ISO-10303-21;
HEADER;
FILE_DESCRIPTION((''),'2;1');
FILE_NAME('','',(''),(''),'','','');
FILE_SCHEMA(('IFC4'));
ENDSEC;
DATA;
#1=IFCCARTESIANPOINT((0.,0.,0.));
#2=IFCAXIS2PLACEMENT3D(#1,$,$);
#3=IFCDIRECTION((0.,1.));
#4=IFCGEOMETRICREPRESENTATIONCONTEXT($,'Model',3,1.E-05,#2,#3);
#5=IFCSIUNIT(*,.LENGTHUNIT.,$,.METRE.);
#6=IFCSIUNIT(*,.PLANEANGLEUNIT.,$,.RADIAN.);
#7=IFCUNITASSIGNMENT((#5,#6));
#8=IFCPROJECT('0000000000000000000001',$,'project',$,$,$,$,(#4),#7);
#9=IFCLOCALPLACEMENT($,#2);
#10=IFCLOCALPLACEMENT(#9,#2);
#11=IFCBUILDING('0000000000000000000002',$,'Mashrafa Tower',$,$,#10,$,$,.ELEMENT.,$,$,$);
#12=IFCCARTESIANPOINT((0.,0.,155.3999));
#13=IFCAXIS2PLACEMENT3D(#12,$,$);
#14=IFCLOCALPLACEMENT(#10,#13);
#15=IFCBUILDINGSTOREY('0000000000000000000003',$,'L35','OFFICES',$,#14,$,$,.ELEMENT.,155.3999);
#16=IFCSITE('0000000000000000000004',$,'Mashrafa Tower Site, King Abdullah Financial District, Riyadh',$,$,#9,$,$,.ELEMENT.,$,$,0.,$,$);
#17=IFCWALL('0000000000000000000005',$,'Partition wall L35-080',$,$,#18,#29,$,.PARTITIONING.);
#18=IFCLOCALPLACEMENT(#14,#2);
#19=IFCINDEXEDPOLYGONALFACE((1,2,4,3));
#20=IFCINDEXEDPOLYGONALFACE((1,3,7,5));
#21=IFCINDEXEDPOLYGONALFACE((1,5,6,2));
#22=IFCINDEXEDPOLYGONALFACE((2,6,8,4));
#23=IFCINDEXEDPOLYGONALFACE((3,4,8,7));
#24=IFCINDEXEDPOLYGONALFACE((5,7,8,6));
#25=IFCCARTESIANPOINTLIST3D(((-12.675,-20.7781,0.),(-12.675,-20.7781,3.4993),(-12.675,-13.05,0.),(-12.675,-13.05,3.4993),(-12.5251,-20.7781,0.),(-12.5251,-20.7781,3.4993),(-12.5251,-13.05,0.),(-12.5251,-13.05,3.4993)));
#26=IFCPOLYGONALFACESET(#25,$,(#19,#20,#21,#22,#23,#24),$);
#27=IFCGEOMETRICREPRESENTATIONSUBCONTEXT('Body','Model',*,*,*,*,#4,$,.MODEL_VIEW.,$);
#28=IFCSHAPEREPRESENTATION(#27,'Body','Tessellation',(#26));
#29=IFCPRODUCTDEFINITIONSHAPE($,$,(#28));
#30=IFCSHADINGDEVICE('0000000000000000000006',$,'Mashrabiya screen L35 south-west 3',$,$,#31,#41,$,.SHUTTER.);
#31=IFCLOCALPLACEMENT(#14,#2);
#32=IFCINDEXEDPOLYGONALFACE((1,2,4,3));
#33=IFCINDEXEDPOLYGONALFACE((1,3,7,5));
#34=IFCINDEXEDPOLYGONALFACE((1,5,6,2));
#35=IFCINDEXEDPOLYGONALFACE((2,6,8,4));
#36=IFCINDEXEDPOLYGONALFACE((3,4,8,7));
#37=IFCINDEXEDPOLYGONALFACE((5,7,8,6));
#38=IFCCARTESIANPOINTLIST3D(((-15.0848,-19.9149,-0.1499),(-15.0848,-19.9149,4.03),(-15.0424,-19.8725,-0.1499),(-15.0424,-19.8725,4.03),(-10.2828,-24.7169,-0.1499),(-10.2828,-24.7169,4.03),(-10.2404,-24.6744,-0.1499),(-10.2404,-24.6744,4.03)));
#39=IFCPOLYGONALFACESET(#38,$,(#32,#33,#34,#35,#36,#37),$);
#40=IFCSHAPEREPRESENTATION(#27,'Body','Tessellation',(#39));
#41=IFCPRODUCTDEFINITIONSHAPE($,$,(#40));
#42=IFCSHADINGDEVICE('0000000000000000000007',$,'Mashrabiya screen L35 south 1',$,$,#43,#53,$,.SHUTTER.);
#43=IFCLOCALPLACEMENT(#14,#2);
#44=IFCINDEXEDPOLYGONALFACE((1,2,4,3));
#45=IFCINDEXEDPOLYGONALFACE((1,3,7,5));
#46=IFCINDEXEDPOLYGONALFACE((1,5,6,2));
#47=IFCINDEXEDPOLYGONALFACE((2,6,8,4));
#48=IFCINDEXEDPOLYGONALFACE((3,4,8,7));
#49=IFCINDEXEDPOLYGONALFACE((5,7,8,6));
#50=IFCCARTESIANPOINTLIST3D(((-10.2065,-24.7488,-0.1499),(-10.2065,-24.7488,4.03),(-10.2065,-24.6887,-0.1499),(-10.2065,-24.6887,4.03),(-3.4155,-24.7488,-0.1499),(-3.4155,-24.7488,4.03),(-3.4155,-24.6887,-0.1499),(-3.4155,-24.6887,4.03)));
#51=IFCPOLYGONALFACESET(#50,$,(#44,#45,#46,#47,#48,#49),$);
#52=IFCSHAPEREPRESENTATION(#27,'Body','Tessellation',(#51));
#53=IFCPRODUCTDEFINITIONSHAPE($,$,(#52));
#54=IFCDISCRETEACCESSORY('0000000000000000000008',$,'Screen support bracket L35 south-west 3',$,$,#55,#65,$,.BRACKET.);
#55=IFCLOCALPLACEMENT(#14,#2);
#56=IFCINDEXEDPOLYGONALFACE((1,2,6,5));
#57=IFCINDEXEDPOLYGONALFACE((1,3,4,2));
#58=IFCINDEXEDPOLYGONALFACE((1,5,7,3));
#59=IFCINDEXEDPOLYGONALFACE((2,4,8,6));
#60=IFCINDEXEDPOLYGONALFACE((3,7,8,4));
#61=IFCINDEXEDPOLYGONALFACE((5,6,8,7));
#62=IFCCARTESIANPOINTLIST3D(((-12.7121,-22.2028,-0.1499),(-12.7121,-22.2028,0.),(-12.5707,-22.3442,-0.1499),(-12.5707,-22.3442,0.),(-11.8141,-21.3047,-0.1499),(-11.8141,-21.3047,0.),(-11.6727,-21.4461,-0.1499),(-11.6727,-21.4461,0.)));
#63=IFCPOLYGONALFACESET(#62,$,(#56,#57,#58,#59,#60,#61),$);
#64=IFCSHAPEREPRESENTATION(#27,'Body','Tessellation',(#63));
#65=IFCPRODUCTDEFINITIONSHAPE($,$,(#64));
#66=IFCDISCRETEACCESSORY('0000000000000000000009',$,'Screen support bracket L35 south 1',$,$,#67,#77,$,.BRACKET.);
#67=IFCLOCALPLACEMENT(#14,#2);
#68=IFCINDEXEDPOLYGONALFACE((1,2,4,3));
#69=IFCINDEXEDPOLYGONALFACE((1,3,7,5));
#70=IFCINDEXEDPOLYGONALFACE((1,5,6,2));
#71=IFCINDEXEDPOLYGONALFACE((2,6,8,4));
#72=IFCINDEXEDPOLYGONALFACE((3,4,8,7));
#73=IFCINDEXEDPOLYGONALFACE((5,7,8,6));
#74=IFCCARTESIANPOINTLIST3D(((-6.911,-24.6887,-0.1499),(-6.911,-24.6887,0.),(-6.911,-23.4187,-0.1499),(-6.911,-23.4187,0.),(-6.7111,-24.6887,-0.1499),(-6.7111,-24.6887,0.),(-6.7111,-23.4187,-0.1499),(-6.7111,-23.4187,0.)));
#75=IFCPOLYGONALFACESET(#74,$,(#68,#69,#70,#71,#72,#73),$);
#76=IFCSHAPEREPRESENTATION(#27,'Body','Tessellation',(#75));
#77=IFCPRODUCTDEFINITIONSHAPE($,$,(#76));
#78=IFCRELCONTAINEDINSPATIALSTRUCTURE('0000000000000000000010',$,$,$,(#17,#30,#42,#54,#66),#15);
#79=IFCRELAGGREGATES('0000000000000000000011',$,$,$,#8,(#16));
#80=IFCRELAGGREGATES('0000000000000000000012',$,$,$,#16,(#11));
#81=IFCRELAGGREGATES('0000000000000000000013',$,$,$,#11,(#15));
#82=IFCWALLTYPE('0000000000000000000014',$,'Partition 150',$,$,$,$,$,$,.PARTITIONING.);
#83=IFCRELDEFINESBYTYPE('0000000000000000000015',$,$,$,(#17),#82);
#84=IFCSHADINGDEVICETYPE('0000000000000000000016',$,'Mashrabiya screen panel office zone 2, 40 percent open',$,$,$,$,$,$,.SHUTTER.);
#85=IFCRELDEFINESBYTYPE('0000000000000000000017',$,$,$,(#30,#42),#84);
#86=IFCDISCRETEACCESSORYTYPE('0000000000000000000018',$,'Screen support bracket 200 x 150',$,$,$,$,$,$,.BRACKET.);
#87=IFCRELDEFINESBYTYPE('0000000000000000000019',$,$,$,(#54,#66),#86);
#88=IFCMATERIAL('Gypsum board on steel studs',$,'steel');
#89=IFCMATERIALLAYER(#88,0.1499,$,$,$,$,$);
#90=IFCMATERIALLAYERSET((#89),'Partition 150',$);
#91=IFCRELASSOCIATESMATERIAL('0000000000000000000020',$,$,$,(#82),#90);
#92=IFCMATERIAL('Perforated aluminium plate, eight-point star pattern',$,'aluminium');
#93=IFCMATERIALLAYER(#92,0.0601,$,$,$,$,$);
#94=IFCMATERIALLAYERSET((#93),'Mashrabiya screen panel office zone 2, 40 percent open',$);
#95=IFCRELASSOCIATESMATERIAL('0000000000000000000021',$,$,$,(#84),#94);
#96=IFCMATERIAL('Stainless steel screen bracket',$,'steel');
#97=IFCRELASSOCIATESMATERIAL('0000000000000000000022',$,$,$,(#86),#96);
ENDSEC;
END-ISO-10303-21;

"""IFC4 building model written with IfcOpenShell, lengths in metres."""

from ifc_helpers import new_model, si_unit, direction, frame, frame_2d, origin, origin_2d, place, context, subcontext, project, spatial, rectangle, extrude, source, transform, mapped, material, layer, layer_set, type_object, type_shapes, element, save


model = new_model("IFC4")

# Units and contexts
model_context = context("Model", 3, precision=1e-05, world=origin(), true_north=direction((0.0, 1.0)))
body_context = subcontext(model_context, "Body", "Model", "MODEL_VIEW")
ifc_project = project(units=[si_unit("LENGTHUNIT", "METRE"), si_unit("PLANEANGLEUNIT", "RADIAN")], contexts=[model_context])

# Site, building, storey
site_placement = place(None, origin())
site = spatial("IfcSite", under=ifc_project, at=site_placement, Name="Mashrafa Tower Site, King Abdullah Financial District, Riyadh", CompositionType="ELEMENT", RefElevation=0.0)
building_placement = place(site_placement, origin())
building = spatial("IfcBuilding", under=site, at=building_placement, Name="Mashrafa Tower", CompositionType="ELEMENT")
storey_placement = place(building_placement, frame((0.0, 0.0, 155.3999)))
storey = spatial("IfcBuildingStorey", under=building, at=storey_placement, Name="L35", Description="OFFICES", CompositionType="ELEMENT", Elevation=155.3999)

# Shared definitions
ifc_material_1 = material(Name="Gypsum board on steel studs", Category="steel")
ifc_layer_1 = layer(ifc_material_1, 0.1499)
ifc_layer_set_1 = layer_set([ifc_layer_1], Name="Partition 150")
wall_type_1 = type_object("IfcWallType", Name="Partition 150", PredefinedType="PARTITIONING", material=ifc_layer_set_1)

# Wall
wall_1_placement = place(storey_placement, frame((-12.6001, -20.7781, 0.0), z_axis=(0.0, 0.0, 1.0), x_axis=(0.0, 1.0, 0.0)))
element("IfcWall", 1, at=wall_1_placement, inside=storey, type_object=wall_type_1, Name="Partition wall L35-080", PredefinedType="PARTITIONING", context=body_context, shape_type="SweptSolid", body=[
    extrude(rectangle(XDim=7.728, YDim=0.1499, at=frame_2d((3.864, 0.0))), origin(), (0.0, 0.0, 1.0), 3.4993),
])

# Shading devices
ifc_material_2 = material(Name="Perforated aluminium plate, eight-point star pattern", Category="aluminium")
ifc_layer_2 = layer(ifc_material_2, 0.0601)
ifc_layer_set_2 = layer_set([ifc_layer_2], Name="Mashrabiya screen panel office zone 2, 40 percent open")
shading_device_type = type_object("IfcShadingDeviceType", Name="Mashrabiya screen panel office zone 2, 40 percent open", PredefinedType="SHUTTER", material=ifc_layer_set_2)
shared_shape_1 = source(origin(), body_context, "Body", "SweptSolid", [
    extrude(rectangle(XDim=6.791, YDim=0.0601, at=origin_2d()), origin(), (0.0, 0.0, 1.0), 4.1799),
])
type_shapes(shading_device_type, [shared_shape_1])
for number, where, z_axis, x_axis, name in (
    (2, (-12.6626, -22.2947, -0.1499), (0.0, 0.0, 1.0), (0.707107, -0.707107, 0.0), "Mashrabiya screen L35 south-west 3"),
    (3, (-6.811, -24.7188, -0.1499), (0.0, 0.0, 1.0), (1.0, 0.0, 0.0), "Mashrabiya screen L35 south 1"),
):
    element("IfcShadingDevice", number, at=place(storey_placement, frame(where, z_axis=z_axis, x_axis=x_axis)), inside=storey, type_object=shading_device_type, Name=name, PredefinedType="SHUTTER", context=body_context, shape_type="MappedRepresentation", body=[
        mapped(shared_shape_1, transform((0.0, 0.0, 0.0))),
    ])

# Discrete accessories
ifc_material_3 = material(Name="Stainless steel screen bracket", Category="steel")
discrete_accessory_type = type_object("IfcDiscreteAccessoryType", Name="Screen support bracket 200 x 150", PredefinedType="BRACKET", material=ifc_material_3)
shared_shape_2 = source(origin(), body_context, "Body", "SweptSolid", [
    extrude(rectangle(XDim=0.2, YDim=1.27, at=origin_2d()), origin(), (0.0, 0.0, 1.0), 0.1499),
])
type_shapes(discrete_accessory_type, [shared_shape_2])
for number, where, z_axis, x_axis, name in (
    (4, (-12.1924, -21.8245, -0.1499), (0.0, 0.0, 1.0), (0.707107, -0.707107, 0.0), "Screen support bracket L35 south-west 3"),
    (5, (-6.811, -24.0537, -0.1499), (0.0, 0.0, 1.0), (1.0, 0.0, 0.0), "Screen support bracket L35 south 1"),
):
    element("IfcDiscreteAccessory", number, at=place(storey_placement, frame(where, z_axis=z_axis, x_axis=x_axis)), inside=storey, type_object=discrete_accessory_type, Name=name, PredefinedType="BRACKET", context=body_context, shape_type="MappedRepresentation", body=[
        mapped(shared_shape_2, transform((0.0, 0.0, 0.0))),
    ])

save(model, "model.ifc")
